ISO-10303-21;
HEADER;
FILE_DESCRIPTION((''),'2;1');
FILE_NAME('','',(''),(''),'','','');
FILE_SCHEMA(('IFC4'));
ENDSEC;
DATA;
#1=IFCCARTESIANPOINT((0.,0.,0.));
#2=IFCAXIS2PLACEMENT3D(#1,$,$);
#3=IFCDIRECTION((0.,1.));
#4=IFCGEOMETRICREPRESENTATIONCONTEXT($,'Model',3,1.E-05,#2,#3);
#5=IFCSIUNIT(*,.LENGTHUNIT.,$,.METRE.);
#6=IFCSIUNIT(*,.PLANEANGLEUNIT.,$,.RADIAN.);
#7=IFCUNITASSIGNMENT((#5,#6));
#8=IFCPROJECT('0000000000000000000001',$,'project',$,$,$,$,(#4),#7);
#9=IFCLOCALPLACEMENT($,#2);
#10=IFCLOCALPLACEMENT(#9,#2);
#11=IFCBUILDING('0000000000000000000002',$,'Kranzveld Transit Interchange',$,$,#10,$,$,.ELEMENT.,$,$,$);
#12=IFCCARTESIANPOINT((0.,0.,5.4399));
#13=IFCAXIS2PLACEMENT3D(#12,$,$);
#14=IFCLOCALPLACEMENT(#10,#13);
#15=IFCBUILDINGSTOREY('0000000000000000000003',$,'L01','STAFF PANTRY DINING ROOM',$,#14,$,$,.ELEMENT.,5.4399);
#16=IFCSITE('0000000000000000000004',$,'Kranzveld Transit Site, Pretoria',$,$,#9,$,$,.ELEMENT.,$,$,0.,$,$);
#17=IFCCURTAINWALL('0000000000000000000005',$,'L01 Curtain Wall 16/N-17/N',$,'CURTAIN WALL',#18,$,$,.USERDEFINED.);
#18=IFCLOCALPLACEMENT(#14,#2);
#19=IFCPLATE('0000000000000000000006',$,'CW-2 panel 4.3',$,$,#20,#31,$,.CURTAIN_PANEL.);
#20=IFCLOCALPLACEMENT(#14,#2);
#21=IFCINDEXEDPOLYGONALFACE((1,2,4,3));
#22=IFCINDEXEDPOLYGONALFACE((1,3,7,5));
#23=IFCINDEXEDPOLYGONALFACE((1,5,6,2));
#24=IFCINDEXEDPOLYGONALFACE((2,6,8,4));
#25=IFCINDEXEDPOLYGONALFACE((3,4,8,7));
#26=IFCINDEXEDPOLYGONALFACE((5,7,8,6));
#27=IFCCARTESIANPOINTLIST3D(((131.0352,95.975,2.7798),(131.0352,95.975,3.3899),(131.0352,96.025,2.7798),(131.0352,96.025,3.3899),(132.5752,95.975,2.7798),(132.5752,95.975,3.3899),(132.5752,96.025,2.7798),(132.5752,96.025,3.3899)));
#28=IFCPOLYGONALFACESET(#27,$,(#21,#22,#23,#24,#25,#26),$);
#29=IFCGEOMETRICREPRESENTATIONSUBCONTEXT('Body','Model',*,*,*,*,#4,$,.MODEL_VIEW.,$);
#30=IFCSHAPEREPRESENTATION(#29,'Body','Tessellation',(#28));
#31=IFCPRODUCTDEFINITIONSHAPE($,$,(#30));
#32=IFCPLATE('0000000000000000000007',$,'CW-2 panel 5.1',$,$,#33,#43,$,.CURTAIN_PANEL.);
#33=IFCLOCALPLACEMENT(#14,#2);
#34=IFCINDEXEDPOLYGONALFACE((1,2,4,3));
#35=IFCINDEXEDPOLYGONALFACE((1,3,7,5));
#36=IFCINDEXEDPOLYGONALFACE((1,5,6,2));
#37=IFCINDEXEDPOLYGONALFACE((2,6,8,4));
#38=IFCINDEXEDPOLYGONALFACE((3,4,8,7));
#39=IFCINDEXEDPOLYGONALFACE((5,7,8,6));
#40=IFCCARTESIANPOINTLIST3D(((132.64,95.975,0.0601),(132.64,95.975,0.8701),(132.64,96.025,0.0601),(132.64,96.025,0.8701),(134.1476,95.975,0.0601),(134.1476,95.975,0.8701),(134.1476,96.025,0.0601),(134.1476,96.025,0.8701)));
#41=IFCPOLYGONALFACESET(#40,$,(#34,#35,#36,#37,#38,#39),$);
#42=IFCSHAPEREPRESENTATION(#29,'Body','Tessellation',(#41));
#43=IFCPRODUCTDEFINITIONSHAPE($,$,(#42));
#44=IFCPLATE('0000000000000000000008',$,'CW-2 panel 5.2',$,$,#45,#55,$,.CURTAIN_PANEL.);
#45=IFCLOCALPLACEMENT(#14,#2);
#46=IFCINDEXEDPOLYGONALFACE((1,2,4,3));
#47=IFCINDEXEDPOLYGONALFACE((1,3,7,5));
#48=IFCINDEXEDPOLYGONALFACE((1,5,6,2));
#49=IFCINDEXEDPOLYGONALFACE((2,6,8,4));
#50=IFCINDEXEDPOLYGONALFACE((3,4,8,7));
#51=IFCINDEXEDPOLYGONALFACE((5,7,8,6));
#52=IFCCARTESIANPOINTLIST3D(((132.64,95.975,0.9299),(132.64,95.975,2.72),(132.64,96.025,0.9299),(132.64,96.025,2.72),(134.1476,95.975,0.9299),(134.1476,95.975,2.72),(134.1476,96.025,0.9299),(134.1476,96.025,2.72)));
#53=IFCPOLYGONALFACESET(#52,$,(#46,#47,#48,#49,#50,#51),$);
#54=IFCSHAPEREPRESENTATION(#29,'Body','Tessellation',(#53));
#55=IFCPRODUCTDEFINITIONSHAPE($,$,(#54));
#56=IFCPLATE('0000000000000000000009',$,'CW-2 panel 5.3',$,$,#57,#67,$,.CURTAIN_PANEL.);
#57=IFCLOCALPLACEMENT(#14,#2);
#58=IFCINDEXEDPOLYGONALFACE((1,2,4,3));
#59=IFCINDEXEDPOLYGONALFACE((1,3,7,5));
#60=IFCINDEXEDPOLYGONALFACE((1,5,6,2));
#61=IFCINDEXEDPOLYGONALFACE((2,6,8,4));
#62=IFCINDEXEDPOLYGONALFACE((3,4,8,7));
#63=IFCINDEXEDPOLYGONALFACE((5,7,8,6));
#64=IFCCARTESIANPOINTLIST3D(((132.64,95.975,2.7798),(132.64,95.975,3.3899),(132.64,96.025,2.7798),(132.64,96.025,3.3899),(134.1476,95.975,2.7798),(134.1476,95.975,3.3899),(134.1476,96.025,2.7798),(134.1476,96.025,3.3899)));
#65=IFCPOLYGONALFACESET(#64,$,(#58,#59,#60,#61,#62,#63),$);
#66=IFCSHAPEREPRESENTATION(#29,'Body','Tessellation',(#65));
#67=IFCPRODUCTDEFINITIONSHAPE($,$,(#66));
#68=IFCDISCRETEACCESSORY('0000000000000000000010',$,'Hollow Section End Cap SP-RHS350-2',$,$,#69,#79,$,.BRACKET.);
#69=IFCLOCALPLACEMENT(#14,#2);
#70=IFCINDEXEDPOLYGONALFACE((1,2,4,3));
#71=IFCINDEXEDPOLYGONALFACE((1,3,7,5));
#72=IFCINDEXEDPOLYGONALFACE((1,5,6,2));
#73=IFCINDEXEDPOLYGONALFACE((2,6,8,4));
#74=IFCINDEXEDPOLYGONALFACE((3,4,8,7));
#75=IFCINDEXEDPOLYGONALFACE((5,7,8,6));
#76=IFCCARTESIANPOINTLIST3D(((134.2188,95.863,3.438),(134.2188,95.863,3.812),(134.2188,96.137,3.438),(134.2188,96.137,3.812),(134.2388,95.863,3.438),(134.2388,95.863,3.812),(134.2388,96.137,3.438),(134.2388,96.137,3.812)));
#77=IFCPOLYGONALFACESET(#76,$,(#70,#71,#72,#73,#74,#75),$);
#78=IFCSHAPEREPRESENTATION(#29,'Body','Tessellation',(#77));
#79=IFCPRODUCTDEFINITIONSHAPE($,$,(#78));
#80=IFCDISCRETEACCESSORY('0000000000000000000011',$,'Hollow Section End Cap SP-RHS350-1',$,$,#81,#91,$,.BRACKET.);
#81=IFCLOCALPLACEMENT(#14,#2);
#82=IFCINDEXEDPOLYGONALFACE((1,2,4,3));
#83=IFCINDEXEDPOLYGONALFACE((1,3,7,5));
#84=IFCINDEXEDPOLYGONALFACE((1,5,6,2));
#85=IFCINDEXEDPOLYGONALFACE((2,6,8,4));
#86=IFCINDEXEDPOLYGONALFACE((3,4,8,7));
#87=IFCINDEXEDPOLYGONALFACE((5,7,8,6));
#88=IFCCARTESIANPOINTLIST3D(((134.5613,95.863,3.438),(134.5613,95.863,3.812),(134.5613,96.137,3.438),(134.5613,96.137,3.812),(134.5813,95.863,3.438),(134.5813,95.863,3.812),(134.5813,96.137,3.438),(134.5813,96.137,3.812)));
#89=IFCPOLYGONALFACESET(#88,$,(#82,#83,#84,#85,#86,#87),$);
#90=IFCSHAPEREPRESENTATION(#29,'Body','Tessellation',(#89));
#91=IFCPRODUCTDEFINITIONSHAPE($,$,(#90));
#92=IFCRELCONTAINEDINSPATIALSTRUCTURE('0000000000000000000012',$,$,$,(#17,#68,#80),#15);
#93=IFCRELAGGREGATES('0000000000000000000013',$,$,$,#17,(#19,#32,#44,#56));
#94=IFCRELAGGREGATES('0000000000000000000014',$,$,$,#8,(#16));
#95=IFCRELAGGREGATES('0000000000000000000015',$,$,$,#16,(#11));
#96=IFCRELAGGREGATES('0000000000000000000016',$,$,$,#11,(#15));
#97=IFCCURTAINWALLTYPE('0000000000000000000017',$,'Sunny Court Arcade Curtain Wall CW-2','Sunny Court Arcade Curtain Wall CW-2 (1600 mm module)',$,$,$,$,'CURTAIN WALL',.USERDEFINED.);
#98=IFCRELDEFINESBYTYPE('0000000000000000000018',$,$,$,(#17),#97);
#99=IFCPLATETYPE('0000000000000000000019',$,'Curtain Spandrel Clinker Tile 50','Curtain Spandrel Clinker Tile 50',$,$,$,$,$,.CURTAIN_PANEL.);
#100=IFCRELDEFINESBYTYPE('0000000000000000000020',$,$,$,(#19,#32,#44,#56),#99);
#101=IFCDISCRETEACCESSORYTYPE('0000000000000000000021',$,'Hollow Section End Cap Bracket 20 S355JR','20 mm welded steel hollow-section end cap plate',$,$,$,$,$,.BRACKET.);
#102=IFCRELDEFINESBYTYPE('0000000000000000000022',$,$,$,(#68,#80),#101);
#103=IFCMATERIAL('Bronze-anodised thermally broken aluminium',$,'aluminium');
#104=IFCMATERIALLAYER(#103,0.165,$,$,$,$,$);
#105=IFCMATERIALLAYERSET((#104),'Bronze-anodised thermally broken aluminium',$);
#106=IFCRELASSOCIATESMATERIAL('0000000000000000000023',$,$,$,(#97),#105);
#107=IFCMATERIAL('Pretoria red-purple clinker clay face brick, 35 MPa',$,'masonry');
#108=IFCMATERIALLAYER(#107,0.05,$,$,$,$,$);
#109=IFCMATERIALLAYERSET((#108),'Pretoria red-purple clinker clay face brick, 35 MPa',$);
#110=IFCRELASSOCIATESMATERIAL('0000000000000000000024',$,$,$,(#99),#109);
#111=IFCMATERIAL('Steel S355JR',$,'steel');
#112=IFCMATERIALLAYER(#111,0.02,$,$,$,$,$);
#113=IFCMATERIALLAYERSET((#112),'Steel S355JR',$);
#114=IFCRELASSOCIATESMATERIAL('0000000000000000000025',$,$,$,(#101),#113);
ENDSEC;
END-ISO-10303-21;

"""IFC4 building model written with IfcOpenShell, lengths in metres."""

from ifc_helpers import new_model, si_unit, direction, frame, origin, origin_2d, place, context, subcontext, project, spatial, rectangle, extrude, material, layer, layer_set, type_object, element, aggregate, save


model = new_model("IFC4")

# Units and contexts
model_context = context("Model", 3, precision=1e-05, world=origin(), true_north=direction((0.0, 1.0)))
body_context = subcontext(model_context, "Body", "Model", "MODEL_VIEW")
ifc_project = project(units=[si_unit("LENGTHUNIT", "METRE"), si_unit("PLANEANGLEUNIT", "RADIAN")], contexts=[model_context])

# Site, building, storey
site_placement = place(None, origin())
site = spatial("IfcSite", under=ifc_project, at=site_placement, Name="Kranzveld Transit Site, Pretoria", CompositionType="ELEMENT", RefElevation=0.0)
building_placement = place(site_placement, origin())
building = spatial("IfcBuilding", under=site, at=building_placement, Name="Kranzveld Transit Interchange", CompositionType="ELEMENT")
storey_placement = place(building_placement, frame((0.0, 0.0, 5.4399)))
storey = spatial("IfcBuildingStorey", under=building, at=storey_placement, Name="L01", Description="STAFF PANTRY DINING ROOM", CompositionType="ELEMENT", Elevation=5.4399)

# Curtain wall
ifc_material_1 = material(Name="Bronze-anodised thermally broken aluminium", Category="aluminium")
ifc_layer_1 = layer(ifc_material_1, 0.165)
ifc_layer_set_1 = layer_set([ifc_layer_1], Name="Bronze-anodised thermally broken aluminium")
curtain_wall_type_1 = type_object("IfcCurtainWallType", Name="Sunny Court Arcade Curtain Wall CW-2", Description="Sunny Court Arcade Curtain Wall CW-2 (1600 mm module)", ElementType="CURTAIN WALL", PredefinedType="USERDEFINED", material=ifc_layer_set_1)
curtain_wall_1_placement = place(storey_placement, origin())
curtain_wall_1 = element("IfcCurtainWall", 1, at=curtain_wall_1_placement, inside=storey, type_object=curtain_wall_type_1, Name="L01 Curtain Wall 16/N-17/N", ObjectType="CURTAIN WALL", PredefinedType="USERDEFINED")

# Plates
ifc_material_2 = material(Name="Pretoria red-purple clinker clay face brick, 35 MPa", Category="masonry")
ifc_layer_2 = layer(ifc_material_2, 0.05)
ifc_layer_set_2 = layer_set([ifc_layer_2], Name="Pretoria red-purple clinker clay face brick, 35 MPa")
plate_type = type_object("IfcPlateType", Name="Curtain Spandrel Clinker Tile 50", Description="Curtain Spandrel Clinker Tile 50", PredefinedType="CURTAIN_PANEL", material=ifc_layer_set_2)
plate_1_placement = place(storey_placement, frame((131.8052, 96.0, 2.7798), z_axis=(0.0, 0.0, 1.0), x_axis=(1.0, 0.0, 0.0)))
plate_1 = element("IfcPlate", 2, at=plate_1_placement, type_object=plate_type, Name="CW-2 panel 4.3", PredefinedType="CURTAIN_PANEL", context=body_context, shape_type="SweptSolid", body=[
    extrude(rectangle(XDim=1.54, YDim=0.05, at=origin_2d()), origin(), (0.0, 0.0, 1.0), 0.6101),
])
plate_2_placement = place(storey_placement, frame((133.3938, 96.0, 0.0601), z_axis=(0.0, 0.0, 1.0), x_axis=(1.0, 0.0, 0.0)))
plate_2 = element("IfcPlate", 3, at=plate_2_placement, type_object=plate_type, Name="CW-2 panel 5.1", PredefinedType="CURTAIN_PANEL", context=body_context, shape_type="SweptSolid", body=[
    extrude(rectangle(XDim=1.5076, YDim=0.05, at=origin_2d()), origin(), (0.0, 0.0, 1.0), 0.8101),
])
plate_3_placement = place(storey_placement, frame((133.3938, 96.0, 0.9299), z_axis=(0.0, 0.0, 1.0), x_axis=(1.0, 0.0, 0.0)))
plate_3 = element("IfcPlate", 4, at=plate_3_placement, type_object=plate_type, Name="CW-2 panel 5.2", PredefinedType="CURTAIN_PANEL", context=body_context, shape_type="SweptSolid", body=[
    extrude(rectangle(XDim=1.5076, YDim=0.05, at=origin_2d()), origin(), (0.0, 0.0, 1.0), 1.79),
])
plate_4_placement = place(storey_placement, frame((133.3938, 96.0, 2.7798), z_axis=(0.0, 0.0, 1.0), x_axis=(1.0, 0.0, 0.0)))
plate_4 = element("IfcPlate", 5, at=plate_4_placement, type_object=plate_type, Name="CW-2 panel 5.3", PredefinedType="CURTAIN_PANEL", context=body_context, shape_type="SweptSolid", body=[
    extrude(rectangle(XDim=1.5076, YDim=0.05, at=origin_2d()), origin(), (0.0, 0.0, 1.0), 0.6101),
])
aggregate(curtain_wall_1, [plate_1, plate_2, plate_3, plate_4])

# Discrete accessories
ifc_material_3 = material(Name="Steel S355JR", Category="steel")
ifc_layer_3 = layer(ifc_material_3, 0.02)
ifc_layer_set_3 = layer_set([ifc_layer_3], Name="Steel S355JR")
discrete_accessory_type = type_object("IfcDiscreteAccessoryType", Name="Hollow Section End Cap Bracket 20 S355JR", Description="20 mm welded steel hollow-section end cap plate", PredefinedType="BRACKET", material=ifc_layer_set_3)
for number, where, z_axis, x_axis, name in (
    (6, (134.2188, 96.0, 3.625), (1.0, 0.0, 0.0), (0.0, 1.0, 0.0), "Hollow Section End Cap SP-RHS350-2"),
    (7, (134.5813, 96.0, 3.625), (-1.0, 0.0, 0.0), (0.0, -1.0, 0.0), "Hollow Section End Cap SP-RHS350-1"),
):
    element("IfcDiscreteAccessory", number, at=place(storey_placement, frame(where, z_axis=z_axis, x_axis=x_axis)), inside=storey, type_object=discrete_accessory_type, Name=name, PredefinedType="BRACKET", context=body_context, shape_type="SweptSolid", body=[
        extrude(rectangle(XDim=0.2739, YDim=0.374, at=origin_2d()), origin(), (0.0, 0.0, 1.0), 0.02),
    ])

save(model, "model.ifc")
